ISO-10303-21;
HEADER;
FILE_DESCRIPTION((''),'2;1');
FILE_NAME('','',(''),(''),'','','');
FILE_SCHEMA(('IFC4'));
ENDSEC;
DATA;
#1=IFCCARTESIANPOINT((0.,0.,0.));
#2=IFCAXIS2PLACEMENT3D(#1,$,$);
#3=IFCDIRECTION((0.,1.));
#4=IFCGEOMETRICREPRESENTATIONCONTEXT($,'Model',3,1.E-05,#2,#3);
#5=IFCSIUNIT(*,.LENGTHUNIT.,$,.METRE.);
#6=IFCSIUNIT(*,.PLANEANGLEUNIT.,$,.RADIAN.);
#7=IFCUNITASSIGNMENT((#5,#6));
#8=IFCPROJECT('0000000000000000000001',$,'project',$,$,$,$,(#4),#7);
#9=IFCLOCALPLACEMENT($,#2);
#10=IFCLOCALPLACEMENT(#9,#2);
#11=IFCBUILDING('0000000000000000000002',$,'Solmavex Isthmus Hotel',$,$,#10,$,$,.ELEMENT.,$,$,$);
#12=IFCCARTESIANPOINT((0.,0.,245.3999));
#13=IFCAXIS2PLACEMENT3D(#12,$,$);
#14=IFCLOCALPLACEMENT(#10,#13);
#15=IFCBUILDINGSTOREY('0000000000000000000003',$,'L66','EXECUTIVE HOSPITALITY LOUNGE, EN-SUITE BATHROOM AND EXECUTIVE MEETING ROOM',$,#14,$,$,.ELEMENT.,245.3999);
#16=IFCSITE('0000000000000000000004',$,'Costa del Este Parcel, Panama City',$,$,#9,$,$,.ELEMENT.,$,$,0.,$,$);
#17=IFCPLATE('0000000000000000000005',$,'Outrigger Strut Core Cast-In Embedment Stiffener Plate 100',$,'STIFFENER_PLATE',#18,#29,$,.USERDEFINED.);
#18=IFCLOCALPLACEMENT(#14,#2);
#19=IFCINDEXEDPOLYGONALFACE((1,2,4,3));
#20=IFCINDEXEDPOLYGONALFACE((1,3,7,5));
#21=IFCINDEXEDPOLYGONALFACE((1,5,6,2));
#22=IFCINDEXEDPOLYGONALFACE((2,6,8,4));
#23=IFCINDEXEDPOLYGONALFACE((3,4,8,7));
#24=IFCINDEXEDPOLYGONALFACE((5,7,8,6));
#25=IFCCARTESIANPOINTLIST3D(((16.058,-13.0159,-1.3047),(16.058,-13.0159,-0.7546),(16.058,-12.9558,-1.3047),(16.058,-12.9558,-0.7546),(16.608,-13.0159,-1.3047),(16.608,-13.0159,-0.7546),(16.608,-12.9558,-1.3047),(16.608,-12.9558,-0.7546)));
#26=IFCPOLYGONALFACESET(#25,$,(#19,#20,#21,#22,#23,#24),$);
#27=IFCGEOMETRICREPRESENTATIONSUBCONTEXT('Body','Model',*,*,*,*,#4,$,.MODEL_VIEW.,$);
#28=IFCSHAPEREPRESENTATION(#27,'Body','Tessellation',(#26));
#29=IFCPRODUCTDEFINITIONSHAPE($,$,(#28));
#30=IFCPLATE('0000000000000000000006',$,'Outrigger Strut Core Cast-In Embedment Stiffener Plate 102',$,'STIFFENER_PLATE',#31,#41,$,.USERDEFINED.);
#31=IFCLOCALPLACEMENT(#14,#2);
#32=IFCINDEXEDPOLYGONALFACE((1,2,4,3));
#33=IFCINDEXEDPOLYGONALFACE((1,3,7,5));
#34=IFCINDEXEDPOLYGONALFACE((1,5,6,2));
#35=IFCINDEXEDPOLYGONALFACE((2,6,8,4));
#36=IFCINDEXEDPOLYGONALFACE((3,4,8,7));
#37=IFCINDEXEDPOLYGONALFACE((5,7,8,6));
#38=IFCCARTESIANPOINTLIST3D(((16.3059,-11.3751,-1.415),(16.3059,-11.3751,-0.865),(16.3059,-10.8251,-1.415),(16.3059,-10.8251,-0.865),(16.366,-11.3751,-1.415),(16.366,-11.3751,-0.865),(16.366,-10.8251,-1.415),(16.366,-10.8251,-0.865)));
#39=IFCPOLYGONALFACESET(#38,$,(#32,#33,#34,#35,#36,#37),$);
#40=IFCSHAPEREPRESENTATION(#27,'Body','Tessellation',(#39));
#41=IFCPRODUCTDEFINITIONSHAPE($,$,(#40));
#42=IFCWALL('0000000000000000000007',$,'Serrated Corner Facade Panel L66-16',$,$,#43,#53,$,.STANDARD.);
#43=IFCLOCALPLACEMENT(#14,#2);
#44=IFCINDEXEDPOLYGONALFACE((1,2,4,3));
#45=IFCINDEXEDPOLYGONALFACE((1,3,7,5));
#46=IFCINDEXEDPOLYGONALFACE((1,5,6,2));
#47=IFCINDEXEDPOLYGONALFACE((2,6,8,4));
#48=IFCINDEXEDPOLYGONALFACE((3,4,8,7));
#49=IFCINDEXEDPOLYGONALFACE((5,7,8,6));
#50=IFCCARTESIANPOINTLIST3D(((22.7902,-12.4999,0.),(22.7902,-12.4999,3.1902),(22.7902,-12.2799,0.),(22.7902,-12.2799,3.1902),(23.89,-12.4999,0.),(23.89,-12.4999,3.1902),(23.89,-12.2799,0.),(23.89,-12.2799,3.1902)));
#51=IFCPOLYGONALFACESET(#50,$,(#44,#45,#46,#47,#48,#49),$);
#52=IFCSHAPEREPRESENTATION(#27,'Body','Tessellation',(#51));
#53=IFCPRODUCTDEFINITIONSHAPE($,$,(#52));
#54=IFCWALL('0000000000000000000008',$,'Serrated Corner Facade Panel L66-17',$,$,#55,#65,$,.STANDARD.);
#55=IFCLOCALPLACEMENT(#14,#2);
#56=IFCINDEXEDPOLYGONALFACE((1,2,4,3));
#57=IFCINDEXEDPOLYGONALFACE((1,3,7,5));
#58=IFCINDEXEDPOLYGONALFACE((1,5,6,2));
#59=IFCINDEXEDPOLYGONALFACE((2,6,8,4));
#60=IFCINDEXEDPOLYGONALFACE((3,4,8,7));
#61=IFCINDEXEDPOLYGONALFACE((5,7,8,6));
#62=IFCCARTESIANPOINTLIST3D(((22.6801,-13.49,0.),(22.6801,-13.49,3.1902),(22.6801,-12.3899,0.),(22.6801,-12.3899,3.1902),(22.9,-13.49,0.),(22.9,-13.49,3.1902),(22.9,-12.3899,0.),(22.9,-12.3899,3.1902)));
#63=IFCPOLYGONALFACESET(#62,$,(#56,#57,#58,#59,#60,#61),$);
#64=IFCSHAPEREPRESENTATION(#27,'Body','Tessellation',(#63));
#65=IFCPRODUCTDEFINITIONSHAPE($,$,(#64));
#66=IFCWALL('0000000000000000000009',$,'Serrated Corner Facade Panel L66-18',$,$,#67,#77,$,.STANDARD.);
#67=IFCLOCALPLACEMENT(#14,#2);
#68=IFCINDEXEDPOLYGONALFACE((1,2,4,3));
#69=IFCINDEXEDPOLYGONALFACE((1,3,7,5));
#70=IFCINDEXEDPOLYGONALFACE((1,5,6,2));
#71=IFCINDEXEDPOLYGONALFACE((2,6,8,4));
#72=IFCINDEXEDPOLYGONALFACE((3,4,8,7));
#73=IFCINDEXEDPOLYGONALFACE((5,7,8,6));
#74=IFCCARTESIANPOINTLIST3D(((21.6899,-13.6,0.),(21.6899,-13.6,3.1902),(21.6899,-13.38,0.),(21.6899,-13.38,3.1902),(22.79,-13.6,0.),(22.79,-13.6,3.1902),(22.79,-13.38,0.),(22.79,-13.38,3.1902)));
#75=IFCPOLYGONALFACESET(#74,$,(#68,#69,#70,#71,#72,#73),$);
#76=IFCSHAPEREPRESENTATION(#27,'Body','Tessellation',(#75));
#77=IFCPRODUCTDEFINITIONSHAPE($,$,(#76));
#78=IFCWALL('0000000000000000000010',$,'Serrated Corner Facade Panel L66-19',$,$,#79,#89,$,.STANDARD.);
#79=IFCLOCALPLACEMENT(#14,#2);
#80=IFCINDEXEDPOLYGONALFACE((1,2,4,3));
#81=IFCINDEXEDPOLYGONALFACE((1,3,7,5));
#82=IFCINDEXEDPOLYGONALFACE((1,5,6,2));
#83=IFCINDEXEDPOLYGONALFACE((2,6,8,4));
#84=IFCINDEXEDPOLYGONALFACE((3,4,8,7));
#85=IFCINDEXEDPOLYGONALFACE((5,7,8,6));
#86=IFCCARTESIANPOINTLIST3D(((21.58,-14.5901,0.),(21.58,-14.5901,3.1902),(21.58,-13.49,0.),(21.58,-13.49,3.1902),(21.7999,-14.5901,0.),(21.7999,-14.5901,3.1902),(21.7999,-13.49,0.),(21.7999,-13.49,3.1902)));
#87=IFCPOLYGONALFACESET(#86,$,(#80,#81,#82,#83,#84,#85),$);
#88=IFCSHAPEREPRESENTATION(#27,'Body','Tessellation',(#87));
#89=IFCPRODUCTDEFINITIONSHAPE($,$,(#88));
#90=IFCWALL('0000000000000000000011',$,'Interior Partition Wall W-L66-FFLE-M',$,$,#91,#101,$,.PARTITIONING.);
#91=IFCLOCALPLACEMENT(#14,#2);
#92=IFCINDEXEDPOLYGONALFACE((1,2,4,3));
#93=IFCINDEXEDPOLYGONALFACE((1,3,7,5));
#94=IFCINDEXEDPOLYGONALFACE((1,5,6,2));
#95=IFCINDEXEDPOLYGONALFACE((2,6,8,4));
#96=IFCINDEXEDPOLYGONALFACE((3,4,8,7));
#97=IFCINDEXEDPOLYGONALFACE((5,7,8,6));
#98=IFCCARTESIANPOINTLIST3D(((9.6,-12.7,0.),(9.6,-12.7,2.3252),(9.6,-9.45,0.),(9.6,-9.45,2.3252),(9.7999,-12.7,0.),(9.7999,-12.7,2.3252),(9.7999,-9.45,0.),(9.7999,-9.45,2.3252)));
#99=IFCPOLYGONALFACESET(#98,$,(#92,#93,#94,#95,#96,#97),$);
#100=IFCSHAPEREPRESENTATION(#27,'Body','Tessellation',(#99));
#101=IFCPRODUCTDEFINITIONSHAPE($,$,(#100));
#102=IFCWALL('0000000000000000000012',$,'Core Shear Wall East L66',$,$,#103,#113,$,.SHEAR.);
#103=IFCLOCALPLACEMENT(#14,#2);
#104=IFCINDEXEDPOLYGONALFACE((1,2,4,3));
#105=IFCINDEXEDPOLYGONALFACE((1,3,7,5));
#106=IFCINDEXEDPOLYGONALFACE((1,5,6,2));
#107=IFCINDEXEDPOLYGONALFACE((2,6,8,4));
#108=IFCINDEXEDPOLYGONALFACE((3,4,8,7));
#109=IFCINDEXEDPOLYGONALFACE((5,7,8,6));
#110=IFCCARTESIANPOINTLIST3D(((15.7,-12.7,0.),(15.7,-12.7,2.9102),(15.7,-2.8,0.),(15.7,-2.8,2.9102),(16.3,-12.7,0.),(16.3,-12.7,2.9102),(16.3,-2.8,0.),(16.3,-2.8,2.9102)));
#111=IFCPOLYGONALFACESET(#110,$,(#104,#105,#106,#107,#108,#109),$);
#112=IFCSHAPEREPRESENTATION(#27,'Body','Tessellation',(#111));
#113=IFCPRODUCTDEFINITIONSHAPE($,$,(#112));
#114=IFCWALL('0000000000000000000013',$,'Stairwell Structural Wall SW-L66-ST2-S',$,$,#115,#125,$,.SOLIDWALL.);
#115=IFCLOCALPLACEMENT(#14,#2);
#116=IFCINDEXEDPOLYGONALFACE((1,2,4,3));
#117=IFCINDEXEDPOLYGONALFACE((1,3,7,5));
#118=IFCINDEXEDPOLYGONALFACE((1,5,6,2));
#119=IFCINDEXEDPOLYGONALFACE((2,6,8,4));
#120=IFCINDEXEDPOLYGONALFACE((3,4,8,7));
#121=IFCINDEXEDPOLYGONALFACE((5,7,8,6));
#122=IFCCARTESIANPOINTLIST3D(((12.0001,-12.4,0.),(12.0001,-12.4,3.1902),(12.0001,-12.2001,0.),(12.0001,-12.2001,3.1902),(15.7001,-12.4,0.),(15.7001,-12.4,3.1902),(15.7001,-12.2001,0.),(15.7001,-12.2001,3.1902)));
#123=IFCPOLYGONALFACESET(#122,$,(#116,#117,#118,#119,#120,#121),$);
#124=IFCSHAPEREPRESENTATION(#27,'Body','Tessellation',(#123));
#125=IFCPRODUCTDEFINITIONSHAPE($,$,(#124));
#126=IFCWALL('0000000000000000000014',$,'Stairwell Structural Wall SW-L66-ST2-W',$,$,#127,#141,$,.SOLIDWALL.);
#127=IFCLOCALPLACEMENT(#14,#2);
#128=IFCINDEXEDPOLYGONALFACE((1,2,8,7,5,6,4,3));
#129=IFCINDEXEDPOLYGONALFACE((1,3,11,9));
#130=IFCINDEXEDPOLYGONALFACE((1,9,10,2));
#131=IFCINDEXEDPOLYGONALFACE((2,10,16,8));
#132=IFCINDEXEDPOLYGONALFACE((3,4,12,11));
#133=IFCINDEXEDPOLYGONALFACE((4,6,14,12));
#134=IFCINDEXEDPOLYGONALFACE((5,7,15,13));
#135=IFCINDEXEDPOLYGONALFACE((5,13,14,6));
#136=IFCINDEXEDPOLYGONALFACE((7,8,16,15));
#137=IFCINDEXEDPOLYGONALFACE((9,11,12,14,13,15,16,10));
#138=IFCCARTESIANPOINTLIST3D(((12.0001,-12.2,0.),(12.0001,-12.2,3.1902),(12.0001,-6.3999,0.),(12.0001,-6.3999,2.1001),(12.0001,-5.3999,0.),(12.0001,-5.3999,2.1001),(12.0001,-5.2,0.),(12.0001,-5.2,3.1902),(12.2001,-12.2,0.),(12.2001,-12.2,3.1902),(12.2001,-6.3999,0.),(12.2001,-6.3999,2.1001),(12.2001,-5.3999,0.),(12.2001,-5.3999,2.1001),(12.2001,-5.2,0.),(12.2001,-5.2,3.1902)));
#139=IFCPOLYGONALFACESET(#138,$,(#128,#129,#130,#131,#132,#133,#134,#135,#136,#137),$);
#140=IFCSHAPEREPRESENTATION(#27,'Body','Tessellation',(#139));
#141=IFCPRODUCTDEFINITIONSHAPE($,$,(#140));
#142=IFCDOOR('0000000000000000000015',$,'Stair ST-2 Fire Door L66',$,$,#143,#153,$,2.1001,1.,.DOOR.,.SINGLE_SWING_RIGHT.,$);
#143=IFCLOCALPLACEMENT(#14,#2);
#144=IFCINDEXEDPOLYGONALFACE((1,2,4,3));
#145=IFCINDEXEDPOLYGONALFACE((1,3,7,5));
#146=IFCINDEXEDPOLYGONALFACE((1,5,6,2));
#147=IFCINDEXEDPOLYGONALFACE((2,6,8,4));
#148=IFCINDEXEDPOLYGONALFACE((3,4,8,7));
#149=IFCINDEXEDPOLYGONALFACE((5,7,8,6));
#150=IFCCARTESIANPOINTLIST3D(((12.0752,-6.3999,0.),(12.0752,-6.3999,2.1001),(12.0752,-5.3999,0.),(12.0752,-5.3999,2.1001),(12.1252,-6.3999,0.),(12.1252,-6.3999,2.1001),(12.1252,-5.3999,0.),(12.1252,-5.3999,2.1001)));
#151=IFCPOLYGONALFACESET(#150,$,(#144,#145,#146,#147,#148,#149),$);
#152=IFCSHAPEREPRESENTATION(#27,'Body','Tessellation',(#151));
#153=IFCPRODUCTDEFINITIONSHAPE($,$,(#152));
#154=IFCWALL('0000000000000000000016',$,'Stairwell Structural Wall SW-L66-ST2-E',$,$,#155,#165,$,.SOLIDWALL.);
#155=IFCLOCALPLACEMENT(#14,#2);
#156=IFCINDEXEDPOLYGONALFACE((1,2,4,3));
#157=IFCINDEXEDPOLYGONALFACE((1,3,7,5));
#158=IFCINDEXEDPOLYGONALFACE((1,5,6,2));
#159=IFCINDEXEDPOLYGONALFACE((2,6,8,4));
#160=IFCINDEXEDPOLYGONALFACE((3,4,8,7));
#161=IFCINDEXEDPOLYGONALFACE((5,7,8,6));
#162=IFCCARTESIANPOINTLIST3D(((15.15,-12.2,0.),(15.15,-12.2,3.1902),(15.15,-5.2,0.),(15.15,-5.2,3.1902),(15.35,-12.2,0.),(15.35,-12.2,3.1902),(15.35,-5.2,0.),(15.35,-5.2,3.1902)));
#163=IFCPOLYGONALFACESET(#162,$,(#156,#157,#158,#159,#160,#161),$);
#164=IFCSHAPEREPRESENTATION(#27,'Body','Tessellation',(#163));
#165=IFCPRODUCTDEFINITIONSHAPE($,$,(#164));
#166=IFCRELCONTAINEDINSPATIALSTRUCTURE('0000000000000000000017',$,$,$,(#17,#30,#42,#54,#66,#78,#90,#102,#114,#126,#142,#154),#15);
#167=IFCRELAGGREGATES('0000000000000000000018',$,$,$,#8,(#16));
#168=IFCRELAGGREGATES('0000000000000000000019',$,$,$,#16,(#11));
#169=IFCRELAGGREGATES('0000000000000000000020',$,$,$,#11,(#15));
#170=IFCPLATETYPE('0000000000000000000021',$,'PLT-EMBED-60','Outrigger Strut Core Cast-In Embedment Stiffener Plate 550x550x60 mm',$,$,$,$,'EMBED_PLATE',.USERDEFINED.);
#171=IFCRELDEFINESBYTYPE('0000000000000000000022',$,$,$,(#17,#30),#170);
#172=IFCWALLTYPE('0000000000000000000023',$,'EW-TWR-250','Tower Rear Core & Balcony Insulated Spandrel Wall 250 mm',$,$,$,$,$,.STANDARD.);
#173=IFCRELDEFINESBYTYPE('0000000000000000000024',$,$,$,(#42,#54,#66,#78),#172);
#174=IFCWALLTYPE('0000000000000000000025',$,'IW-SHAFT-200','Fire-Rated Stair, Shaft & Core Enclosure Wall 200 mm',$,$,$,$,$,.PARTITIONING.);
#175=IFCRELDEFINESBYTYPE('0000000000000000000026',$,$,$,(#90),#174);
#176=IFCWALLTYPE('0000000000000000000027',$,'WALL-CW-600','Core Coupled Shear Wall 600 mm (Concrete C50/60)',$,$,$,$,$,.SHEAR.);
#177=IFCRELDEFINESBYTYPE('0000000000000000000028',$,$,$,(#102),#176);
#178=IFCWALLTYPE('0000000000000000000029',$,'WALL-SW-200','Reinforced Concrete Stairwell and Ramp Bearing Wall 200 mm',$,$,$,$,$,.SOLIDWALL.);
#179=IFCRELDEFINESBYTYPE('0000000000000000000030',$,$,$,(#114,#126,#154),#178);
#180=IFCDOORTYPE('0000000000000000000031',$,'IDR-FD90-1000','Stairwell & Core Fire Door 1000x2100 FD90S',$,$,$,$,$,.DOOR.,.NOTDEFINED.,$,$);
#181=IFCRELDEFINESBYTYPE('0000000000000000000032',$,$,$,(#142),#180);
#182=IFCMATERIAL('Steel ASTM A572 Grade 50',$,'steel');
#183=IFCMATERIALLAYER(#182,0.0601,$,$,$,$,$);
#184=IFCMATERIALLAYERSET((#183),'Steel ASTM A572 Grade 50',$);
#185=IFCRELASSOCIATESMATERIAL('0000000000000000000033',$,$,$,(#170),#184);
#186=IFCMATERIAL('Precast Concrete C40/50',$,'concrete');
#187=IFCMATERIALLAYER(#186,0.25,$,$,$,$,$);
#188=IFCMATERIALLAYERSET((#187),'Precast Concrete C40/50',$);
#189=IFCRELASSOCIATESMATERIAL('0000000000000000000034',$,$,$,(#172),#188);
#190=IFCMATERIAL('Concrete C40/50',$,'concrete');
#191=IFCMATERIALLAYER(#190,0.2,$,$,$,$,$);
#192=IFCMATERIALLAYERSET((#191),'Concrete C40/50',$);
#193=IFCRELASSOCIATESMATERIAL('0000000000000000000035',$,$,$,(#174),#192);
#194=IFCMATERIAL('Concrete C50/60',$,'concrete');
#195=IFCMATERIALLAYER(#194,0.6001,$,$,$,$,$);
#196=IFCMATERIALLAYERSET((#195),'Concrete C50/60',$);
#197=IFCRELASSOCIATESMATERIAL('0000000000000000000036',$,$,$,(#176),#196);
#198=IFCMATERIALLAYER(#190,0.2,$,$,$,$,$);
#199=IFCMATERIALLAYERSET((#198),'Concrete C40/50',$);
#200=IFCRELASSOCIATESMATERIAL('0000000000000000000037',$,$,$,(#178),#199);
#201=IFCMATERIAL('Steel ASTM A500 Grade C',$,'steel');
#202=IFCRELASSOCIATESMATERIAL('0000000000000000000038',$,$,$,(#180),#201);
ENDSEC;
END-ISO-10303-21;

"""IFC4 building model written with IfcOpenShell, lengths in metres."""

from ifc_helpers import new_model, si_unit, direction, frame, frame_2d, origin, origin_2d, place, context, subcontext, project, spatial, rectangle, extrude, material, layer, layer_set, type_object, element, fill, save


model = new_model("IFC4")

# Units and contexts
model_context = context("Model", 3, precision=1e-05, world=origin(), true_north=direction((0.0, 1.0)))
body_context = subcontext(model_context, "Body", "Model", "MODEL_VIEW")
ifc_project = project(units=[si_unit("LENGTHUNIT", "METRE"), si_unit("PLANEANGLEUNIT", "RADIAN")], contexts=[model_context])

# Site, building, storey
site_placement = place(None, origin())
site = spatial("IfcSite", under=ifc_project, at=site_placement, Name="Costa del Este Parcel, Panama City", CompositionType="ELEMENT", RefElevation=0.0)
building_placement = place(site_placement, origin())
building = spatial("IfcBuilding", under=site, at=building_placement, Name="Solmavex Isthmus Hotel", CompositionType="ELEMENT")
storey_placement = place(building_placement, frame((0.0, 0.0, 245.3999)))
storey = spatial("IfcBuildingStorey", under=building, at=storey_placement, Name="L66", Description="EXECUTIVE HOSPITALITY LOUNGE, EN-SUITE BATHROOM AND EXECUTIVE MEETING ROOM", CompositionType="ELEMENT", Elevation=245.3999)

# Shared definitions
ifc_material_1 = material(Name="Concrete C50/60", Category="concrete")

# Shared definitions
ifc_material_2 = material(Name="Steel ASTM A572 Grade 50", Category="steel")

# Plates
ifc_layer_1 = layer(ifc_material_2, 0.0601)
ifc_layer_set_1 = layer_set([ifc_layer_1], Name="Steel ASTM A572 Grade 50")
plate_type_1 = type_object("IfcPlateType", Name="PLT-EMBED-60", Description="Outrigger Strut Core Cast-In Embedment Stiffener Plate 550x550x60 mm", ElementType="EMBED_PLATE", PredefinedType="USERDEFINED", material=ifc_layer_set_1)
for number, where, z_axis, x_axis, name in (
    (1, (16.333, -12.9858, -1.3047), (0.0, 0.0, 1.0), (1.0, 0.0, 0.0), "Outrigger Strut Core Cast-In Embedment Stiffener Plate 100"),
    (2, (16.3359, -11.1001, -1.415), (0.0, 0.0, 1.0), (0.0, 1.0, 0.0), "Outrigger Strut Core Cast-In Embedment Stiffener Plate 102"),
):
    element("IfcPlate", number, at=place(storey_placement, frame(where, z_axis=z_axis, x_axis=x_axis)), inside=storey, type_object=plate_type_1, Name=name, ObjectType="STIFFENER_PLATE", PredefinedType="USERDEFINED", context=body_context, shape_type="SweptSolid", body=[
        extrude(rectangle(XDim=0.55, YDim=0.0601, at=origin_2d()), origin(), (0.0, 0.0, 1.0), 0.55),
    ])

# Walls
ifc_material_3 = material(Name="Precast Concrete C40/50", Category="concrete")
ifc_layer_2 = layer(ifc_material_3, 0.25)
ifc_layer_set_2 = layer_set([ifc_layer_2], Name="Precast Concrete C40/50")
wall_type_1 = type_object("IfcWallType", Name="EW-TWR-250", Description="Tower Rear Core & Balcony Insulated Spandrel Wall 250 mm", PredefinedType="STANDARD", material=ifc_layer_set_2)
wall_1_placement = place(storey_placement, frame((23.8899, -12.3899, 0.0), z_axis=(0.0, 0.0, 1.0), x_axis=(-1.0, 0.0, 0.0)))
element("IfcWall", 3, at=wall_1_placement, inside=storey, type_object=wall_type_1, Name="Serrated Corner Facade Panel L66-16", PredefinedType="STANDARD", context=body_context, shape_type="SweptSolid", body=[
    extrude(rectangle(XDim=1.0999, YDim=0.22, at=frame_2d((0.5498, 0.0))), origin(), (0.0, 0.0, 1.0), 3.1902),
])
for number, where, z_axis, x_axis, name in (
    (4, (22.79, -12.3899, 0.0), (0.0, 0.0, 1.0), (0.0, -1.0, 0.0), "Serrated Corner Facade Panel L66-17"),
    (5, (22.79, -13.49, 0.0), (0.0, 0.0, 1.0), (-1.0, 0.0, 0.0), "Serrated Corner Facade Panel L66-18"),
    (6, (21.6899, -13.49, 0.0), (0.0, 0.0, 1.0), (0.0, -1.0, 0.0), "Serrated Corner Facade Panel L66-19"),
):
    element("IfcWall", number, at=place(storey_placement, frame(where, z_axis=z_axis, x_axis=x_axis)), inside=storey, type_object=wall_type_1, Name=name, PredefinedType="STANDARD", context=body_context, shape_type="SweptSolid", body=[
        extrude(rectangle(XDim=1.1001, YDim=0.22, at=frame_2d((0.55, 0.0))), origin(), (0.0, 0.0, 1.0), 3.1902),
    ])
ifc_material_4 = material(Name="Concrete C40/50", Category="concrete")
ifc_layer_3 = layer(ifc_material_4, 0.2)
ifc_layer_set_3 = layer_set([ifc_layer_3], Name="Concrete C40/50")
wall_type_2 = type_object("IfcWallType", Name="IW-SHAFT-200", Description="Fire-Rated Stair, Shaft & Core Enclosure Wall 200 mm", PredefinedType="PARTITIONING", material=ifc_layer_set_3)
wall_2_placement = place(storey_placement, frame((9.7, -12.7, 0.0), z_axis=(0.0, 0.0, 1.0), x_axis=(0.0, 1.0, 0.0)))
element("IfcWall", 7, at=wall_2_placement, inside=storey, type_object=wall_type_2, Name="Interior Partition Wall W-L66-FFLE-M", PredefinedType="PARTITIONING", context=body_context, shape_type="SweptSolid", body=[
    extrude(rectangle(XDim=3.25, YDim=0.2, at=frame_2d((1.625, 0.0))), origin(), (0.0, 0.0, 1.0), 2.3252),
])
ifc_layer_4 = layer(ifc_material_1, 0.6001)
ifc_layer_set_4 = layer_set([ifc_layer_4], Name="Concrete C50/60")
wall_type_3 = type_object("IfcWallType", Name="WALL-CW-600", Description="Core Coupled Shear Wall 600 mm (Concrete C50/60)", PredefinedType="SHEAR", material=ifc_layer_set_4)
wall_3_placement = place(storey_placement, frame((16.0, -12.7, 0.0), z_axis=(0.0, 0.0, 1.0), x_axis=(0.0, 1.0, 0.0)))
element("IfcWall", 8, at=wall_3_placement, inside=storey, type_object=wall_type_3, Name="Core Shear Wall East L66", PredefinedType="SHEAR", context=body_context, shape_type="SweptSolid", body=[
    extrude(rectangle(XDim=9.8999, YDim=0.6001, at=frame_2d((4.95, 0.0))), origin(), (0.0, 0.0, 1.0), 2.9102),
])
ifc_layer_5 = layer(ifc_material_4, 0.2)
ifc_layer_set_5 = layer_set([ifc_layer_5], Name="Concrete C40/50")
wall_type_4 = type_object("IfcWallType", Name="WALL-SW-200", Description="Reinforced Concrete Stairwell and Ramp Bearing Wall 200 mm", PredefinedType="SOLIDWALL", material=ifc_layer_set_5)
wall_4_placement = place(storey_placement, frame((12.0, -12.3, 0.0), z_axis=(0.0, 0.0, 1.0), x_axis=(1.0, 0.0, 0.0)))
element("IfcWall", 9, at=wall_4_placement, inside=storey, type_object=wall_type_4, Name="Stairwell Structural Wall SW-L66-ST2-S", PredefinedType="SOLIDWALL", context=body_context, shape_type="SweptSolid", body=[
    extrude(rectangle(XDim=3.7, YDim=0.2, at=frame_2d((1.8501, 0.0))), origin(), (0.0, 0.0, 1.0), 3.1902),
])

# Wall, opening, door
wall_5_placement = place(storey_placement, frame((12.1001, -12.2, 0.0), z_axis=(0.0, 0.0, 1.0), x_axis=(0.0, 1.0, 0.0)))
wall_5 = element("IfcWall", 10, at=wall_5_placement, inside=storey, type_object=wall_type_4, Name="Stairwell Structural Wall SW-L66-ST2-W", PredefinedType="SOLIDWALL", context=body_context, shape_type="SweptSolid", body=[
    extrude(rectangle(XDim=7.0, YDim=0.2, at=frame_2d((3.5, 0.0))), origin(), (0.0, 0.0, 1.0), 3.1902),
])
opening_placement = place(wall_5_placement, frame((5.8, 0.0, 0.0)))
opening = element("IfcOpeningElement", 11, at=opening_placement, cuts=wall_5, PredefinedType="OPENING", context=body_context, shape_type="SweptSolid", body=[
    extrude(rectangle(XDim=1.0, YDim=2.1001, at=frame_2d((0.5, 1.05))), frame((0.0, 0.1099, 0.0), z_axis=(0.0, -1.0, 0.0), x_axis=(1.0, 0.0, 0.0)), (0.0, 0.0, 1.0), 0.22),
])
ifc_material_5 = material(Name="Steel ASTM A500 Grade C", Category="steel")
door_type = type_object("IfcDoorType", Name="IDR-FD90-1000", Description="Stairwell & Core Fire Door 1000x2100 FD90S", OperationType="NOTDEFINED", PredefinedType="DOOR", material=ifc_material_5)
door_placement = place(opening_placement, origin())
door = element("IfcDoor", 12, at=door_placement, inside=storey, type_object=door_type, Name="Stair ST-2 Fire Door L66", OperationType="SINGLE_SWING_RIGHT", OverallHeight=2.1001, OverallWidth=1.0, PredefinedType="DOOR", context=body_context, shape_type="SweptSolid", body=[
    extrude(rectangle(XDim=1.0, YDim=2.1001, at=frame_2d((0.5, 1.05))), frame((0.0, 0.0249, 0.0), z_axis=(0.0, -1.0, 0.0), x_axis=(1.0, 0.0, 0.0)), (0.0, 0.0, 1.0), 0.05),
])
fill(opening, door)

# Wall
wall_6_placement = place(storey_placement, frame((15.25, -12.2, 0.0), z_axis=(0.0, 0.0, 1.0), x_axis=(0.0, 1.0, 0.0)))
element("IfcWall", 13, at=wall_6_placement, inside=storey, type_object=wall_type_4, Name="Stairwell Structural Wall SW-L66-ST2-E", PredefinedType="SOLIDWALL", context=body_context, shape_type="SweptSolid", body=[
    extrude(rectangle(XDim=7.0, YDim=0.2, at=frame_2d((3.5, 0.0))), origin(), (0.0, 0.0, 1.0), 3.1902),
])

save(model, "model.ifc")
